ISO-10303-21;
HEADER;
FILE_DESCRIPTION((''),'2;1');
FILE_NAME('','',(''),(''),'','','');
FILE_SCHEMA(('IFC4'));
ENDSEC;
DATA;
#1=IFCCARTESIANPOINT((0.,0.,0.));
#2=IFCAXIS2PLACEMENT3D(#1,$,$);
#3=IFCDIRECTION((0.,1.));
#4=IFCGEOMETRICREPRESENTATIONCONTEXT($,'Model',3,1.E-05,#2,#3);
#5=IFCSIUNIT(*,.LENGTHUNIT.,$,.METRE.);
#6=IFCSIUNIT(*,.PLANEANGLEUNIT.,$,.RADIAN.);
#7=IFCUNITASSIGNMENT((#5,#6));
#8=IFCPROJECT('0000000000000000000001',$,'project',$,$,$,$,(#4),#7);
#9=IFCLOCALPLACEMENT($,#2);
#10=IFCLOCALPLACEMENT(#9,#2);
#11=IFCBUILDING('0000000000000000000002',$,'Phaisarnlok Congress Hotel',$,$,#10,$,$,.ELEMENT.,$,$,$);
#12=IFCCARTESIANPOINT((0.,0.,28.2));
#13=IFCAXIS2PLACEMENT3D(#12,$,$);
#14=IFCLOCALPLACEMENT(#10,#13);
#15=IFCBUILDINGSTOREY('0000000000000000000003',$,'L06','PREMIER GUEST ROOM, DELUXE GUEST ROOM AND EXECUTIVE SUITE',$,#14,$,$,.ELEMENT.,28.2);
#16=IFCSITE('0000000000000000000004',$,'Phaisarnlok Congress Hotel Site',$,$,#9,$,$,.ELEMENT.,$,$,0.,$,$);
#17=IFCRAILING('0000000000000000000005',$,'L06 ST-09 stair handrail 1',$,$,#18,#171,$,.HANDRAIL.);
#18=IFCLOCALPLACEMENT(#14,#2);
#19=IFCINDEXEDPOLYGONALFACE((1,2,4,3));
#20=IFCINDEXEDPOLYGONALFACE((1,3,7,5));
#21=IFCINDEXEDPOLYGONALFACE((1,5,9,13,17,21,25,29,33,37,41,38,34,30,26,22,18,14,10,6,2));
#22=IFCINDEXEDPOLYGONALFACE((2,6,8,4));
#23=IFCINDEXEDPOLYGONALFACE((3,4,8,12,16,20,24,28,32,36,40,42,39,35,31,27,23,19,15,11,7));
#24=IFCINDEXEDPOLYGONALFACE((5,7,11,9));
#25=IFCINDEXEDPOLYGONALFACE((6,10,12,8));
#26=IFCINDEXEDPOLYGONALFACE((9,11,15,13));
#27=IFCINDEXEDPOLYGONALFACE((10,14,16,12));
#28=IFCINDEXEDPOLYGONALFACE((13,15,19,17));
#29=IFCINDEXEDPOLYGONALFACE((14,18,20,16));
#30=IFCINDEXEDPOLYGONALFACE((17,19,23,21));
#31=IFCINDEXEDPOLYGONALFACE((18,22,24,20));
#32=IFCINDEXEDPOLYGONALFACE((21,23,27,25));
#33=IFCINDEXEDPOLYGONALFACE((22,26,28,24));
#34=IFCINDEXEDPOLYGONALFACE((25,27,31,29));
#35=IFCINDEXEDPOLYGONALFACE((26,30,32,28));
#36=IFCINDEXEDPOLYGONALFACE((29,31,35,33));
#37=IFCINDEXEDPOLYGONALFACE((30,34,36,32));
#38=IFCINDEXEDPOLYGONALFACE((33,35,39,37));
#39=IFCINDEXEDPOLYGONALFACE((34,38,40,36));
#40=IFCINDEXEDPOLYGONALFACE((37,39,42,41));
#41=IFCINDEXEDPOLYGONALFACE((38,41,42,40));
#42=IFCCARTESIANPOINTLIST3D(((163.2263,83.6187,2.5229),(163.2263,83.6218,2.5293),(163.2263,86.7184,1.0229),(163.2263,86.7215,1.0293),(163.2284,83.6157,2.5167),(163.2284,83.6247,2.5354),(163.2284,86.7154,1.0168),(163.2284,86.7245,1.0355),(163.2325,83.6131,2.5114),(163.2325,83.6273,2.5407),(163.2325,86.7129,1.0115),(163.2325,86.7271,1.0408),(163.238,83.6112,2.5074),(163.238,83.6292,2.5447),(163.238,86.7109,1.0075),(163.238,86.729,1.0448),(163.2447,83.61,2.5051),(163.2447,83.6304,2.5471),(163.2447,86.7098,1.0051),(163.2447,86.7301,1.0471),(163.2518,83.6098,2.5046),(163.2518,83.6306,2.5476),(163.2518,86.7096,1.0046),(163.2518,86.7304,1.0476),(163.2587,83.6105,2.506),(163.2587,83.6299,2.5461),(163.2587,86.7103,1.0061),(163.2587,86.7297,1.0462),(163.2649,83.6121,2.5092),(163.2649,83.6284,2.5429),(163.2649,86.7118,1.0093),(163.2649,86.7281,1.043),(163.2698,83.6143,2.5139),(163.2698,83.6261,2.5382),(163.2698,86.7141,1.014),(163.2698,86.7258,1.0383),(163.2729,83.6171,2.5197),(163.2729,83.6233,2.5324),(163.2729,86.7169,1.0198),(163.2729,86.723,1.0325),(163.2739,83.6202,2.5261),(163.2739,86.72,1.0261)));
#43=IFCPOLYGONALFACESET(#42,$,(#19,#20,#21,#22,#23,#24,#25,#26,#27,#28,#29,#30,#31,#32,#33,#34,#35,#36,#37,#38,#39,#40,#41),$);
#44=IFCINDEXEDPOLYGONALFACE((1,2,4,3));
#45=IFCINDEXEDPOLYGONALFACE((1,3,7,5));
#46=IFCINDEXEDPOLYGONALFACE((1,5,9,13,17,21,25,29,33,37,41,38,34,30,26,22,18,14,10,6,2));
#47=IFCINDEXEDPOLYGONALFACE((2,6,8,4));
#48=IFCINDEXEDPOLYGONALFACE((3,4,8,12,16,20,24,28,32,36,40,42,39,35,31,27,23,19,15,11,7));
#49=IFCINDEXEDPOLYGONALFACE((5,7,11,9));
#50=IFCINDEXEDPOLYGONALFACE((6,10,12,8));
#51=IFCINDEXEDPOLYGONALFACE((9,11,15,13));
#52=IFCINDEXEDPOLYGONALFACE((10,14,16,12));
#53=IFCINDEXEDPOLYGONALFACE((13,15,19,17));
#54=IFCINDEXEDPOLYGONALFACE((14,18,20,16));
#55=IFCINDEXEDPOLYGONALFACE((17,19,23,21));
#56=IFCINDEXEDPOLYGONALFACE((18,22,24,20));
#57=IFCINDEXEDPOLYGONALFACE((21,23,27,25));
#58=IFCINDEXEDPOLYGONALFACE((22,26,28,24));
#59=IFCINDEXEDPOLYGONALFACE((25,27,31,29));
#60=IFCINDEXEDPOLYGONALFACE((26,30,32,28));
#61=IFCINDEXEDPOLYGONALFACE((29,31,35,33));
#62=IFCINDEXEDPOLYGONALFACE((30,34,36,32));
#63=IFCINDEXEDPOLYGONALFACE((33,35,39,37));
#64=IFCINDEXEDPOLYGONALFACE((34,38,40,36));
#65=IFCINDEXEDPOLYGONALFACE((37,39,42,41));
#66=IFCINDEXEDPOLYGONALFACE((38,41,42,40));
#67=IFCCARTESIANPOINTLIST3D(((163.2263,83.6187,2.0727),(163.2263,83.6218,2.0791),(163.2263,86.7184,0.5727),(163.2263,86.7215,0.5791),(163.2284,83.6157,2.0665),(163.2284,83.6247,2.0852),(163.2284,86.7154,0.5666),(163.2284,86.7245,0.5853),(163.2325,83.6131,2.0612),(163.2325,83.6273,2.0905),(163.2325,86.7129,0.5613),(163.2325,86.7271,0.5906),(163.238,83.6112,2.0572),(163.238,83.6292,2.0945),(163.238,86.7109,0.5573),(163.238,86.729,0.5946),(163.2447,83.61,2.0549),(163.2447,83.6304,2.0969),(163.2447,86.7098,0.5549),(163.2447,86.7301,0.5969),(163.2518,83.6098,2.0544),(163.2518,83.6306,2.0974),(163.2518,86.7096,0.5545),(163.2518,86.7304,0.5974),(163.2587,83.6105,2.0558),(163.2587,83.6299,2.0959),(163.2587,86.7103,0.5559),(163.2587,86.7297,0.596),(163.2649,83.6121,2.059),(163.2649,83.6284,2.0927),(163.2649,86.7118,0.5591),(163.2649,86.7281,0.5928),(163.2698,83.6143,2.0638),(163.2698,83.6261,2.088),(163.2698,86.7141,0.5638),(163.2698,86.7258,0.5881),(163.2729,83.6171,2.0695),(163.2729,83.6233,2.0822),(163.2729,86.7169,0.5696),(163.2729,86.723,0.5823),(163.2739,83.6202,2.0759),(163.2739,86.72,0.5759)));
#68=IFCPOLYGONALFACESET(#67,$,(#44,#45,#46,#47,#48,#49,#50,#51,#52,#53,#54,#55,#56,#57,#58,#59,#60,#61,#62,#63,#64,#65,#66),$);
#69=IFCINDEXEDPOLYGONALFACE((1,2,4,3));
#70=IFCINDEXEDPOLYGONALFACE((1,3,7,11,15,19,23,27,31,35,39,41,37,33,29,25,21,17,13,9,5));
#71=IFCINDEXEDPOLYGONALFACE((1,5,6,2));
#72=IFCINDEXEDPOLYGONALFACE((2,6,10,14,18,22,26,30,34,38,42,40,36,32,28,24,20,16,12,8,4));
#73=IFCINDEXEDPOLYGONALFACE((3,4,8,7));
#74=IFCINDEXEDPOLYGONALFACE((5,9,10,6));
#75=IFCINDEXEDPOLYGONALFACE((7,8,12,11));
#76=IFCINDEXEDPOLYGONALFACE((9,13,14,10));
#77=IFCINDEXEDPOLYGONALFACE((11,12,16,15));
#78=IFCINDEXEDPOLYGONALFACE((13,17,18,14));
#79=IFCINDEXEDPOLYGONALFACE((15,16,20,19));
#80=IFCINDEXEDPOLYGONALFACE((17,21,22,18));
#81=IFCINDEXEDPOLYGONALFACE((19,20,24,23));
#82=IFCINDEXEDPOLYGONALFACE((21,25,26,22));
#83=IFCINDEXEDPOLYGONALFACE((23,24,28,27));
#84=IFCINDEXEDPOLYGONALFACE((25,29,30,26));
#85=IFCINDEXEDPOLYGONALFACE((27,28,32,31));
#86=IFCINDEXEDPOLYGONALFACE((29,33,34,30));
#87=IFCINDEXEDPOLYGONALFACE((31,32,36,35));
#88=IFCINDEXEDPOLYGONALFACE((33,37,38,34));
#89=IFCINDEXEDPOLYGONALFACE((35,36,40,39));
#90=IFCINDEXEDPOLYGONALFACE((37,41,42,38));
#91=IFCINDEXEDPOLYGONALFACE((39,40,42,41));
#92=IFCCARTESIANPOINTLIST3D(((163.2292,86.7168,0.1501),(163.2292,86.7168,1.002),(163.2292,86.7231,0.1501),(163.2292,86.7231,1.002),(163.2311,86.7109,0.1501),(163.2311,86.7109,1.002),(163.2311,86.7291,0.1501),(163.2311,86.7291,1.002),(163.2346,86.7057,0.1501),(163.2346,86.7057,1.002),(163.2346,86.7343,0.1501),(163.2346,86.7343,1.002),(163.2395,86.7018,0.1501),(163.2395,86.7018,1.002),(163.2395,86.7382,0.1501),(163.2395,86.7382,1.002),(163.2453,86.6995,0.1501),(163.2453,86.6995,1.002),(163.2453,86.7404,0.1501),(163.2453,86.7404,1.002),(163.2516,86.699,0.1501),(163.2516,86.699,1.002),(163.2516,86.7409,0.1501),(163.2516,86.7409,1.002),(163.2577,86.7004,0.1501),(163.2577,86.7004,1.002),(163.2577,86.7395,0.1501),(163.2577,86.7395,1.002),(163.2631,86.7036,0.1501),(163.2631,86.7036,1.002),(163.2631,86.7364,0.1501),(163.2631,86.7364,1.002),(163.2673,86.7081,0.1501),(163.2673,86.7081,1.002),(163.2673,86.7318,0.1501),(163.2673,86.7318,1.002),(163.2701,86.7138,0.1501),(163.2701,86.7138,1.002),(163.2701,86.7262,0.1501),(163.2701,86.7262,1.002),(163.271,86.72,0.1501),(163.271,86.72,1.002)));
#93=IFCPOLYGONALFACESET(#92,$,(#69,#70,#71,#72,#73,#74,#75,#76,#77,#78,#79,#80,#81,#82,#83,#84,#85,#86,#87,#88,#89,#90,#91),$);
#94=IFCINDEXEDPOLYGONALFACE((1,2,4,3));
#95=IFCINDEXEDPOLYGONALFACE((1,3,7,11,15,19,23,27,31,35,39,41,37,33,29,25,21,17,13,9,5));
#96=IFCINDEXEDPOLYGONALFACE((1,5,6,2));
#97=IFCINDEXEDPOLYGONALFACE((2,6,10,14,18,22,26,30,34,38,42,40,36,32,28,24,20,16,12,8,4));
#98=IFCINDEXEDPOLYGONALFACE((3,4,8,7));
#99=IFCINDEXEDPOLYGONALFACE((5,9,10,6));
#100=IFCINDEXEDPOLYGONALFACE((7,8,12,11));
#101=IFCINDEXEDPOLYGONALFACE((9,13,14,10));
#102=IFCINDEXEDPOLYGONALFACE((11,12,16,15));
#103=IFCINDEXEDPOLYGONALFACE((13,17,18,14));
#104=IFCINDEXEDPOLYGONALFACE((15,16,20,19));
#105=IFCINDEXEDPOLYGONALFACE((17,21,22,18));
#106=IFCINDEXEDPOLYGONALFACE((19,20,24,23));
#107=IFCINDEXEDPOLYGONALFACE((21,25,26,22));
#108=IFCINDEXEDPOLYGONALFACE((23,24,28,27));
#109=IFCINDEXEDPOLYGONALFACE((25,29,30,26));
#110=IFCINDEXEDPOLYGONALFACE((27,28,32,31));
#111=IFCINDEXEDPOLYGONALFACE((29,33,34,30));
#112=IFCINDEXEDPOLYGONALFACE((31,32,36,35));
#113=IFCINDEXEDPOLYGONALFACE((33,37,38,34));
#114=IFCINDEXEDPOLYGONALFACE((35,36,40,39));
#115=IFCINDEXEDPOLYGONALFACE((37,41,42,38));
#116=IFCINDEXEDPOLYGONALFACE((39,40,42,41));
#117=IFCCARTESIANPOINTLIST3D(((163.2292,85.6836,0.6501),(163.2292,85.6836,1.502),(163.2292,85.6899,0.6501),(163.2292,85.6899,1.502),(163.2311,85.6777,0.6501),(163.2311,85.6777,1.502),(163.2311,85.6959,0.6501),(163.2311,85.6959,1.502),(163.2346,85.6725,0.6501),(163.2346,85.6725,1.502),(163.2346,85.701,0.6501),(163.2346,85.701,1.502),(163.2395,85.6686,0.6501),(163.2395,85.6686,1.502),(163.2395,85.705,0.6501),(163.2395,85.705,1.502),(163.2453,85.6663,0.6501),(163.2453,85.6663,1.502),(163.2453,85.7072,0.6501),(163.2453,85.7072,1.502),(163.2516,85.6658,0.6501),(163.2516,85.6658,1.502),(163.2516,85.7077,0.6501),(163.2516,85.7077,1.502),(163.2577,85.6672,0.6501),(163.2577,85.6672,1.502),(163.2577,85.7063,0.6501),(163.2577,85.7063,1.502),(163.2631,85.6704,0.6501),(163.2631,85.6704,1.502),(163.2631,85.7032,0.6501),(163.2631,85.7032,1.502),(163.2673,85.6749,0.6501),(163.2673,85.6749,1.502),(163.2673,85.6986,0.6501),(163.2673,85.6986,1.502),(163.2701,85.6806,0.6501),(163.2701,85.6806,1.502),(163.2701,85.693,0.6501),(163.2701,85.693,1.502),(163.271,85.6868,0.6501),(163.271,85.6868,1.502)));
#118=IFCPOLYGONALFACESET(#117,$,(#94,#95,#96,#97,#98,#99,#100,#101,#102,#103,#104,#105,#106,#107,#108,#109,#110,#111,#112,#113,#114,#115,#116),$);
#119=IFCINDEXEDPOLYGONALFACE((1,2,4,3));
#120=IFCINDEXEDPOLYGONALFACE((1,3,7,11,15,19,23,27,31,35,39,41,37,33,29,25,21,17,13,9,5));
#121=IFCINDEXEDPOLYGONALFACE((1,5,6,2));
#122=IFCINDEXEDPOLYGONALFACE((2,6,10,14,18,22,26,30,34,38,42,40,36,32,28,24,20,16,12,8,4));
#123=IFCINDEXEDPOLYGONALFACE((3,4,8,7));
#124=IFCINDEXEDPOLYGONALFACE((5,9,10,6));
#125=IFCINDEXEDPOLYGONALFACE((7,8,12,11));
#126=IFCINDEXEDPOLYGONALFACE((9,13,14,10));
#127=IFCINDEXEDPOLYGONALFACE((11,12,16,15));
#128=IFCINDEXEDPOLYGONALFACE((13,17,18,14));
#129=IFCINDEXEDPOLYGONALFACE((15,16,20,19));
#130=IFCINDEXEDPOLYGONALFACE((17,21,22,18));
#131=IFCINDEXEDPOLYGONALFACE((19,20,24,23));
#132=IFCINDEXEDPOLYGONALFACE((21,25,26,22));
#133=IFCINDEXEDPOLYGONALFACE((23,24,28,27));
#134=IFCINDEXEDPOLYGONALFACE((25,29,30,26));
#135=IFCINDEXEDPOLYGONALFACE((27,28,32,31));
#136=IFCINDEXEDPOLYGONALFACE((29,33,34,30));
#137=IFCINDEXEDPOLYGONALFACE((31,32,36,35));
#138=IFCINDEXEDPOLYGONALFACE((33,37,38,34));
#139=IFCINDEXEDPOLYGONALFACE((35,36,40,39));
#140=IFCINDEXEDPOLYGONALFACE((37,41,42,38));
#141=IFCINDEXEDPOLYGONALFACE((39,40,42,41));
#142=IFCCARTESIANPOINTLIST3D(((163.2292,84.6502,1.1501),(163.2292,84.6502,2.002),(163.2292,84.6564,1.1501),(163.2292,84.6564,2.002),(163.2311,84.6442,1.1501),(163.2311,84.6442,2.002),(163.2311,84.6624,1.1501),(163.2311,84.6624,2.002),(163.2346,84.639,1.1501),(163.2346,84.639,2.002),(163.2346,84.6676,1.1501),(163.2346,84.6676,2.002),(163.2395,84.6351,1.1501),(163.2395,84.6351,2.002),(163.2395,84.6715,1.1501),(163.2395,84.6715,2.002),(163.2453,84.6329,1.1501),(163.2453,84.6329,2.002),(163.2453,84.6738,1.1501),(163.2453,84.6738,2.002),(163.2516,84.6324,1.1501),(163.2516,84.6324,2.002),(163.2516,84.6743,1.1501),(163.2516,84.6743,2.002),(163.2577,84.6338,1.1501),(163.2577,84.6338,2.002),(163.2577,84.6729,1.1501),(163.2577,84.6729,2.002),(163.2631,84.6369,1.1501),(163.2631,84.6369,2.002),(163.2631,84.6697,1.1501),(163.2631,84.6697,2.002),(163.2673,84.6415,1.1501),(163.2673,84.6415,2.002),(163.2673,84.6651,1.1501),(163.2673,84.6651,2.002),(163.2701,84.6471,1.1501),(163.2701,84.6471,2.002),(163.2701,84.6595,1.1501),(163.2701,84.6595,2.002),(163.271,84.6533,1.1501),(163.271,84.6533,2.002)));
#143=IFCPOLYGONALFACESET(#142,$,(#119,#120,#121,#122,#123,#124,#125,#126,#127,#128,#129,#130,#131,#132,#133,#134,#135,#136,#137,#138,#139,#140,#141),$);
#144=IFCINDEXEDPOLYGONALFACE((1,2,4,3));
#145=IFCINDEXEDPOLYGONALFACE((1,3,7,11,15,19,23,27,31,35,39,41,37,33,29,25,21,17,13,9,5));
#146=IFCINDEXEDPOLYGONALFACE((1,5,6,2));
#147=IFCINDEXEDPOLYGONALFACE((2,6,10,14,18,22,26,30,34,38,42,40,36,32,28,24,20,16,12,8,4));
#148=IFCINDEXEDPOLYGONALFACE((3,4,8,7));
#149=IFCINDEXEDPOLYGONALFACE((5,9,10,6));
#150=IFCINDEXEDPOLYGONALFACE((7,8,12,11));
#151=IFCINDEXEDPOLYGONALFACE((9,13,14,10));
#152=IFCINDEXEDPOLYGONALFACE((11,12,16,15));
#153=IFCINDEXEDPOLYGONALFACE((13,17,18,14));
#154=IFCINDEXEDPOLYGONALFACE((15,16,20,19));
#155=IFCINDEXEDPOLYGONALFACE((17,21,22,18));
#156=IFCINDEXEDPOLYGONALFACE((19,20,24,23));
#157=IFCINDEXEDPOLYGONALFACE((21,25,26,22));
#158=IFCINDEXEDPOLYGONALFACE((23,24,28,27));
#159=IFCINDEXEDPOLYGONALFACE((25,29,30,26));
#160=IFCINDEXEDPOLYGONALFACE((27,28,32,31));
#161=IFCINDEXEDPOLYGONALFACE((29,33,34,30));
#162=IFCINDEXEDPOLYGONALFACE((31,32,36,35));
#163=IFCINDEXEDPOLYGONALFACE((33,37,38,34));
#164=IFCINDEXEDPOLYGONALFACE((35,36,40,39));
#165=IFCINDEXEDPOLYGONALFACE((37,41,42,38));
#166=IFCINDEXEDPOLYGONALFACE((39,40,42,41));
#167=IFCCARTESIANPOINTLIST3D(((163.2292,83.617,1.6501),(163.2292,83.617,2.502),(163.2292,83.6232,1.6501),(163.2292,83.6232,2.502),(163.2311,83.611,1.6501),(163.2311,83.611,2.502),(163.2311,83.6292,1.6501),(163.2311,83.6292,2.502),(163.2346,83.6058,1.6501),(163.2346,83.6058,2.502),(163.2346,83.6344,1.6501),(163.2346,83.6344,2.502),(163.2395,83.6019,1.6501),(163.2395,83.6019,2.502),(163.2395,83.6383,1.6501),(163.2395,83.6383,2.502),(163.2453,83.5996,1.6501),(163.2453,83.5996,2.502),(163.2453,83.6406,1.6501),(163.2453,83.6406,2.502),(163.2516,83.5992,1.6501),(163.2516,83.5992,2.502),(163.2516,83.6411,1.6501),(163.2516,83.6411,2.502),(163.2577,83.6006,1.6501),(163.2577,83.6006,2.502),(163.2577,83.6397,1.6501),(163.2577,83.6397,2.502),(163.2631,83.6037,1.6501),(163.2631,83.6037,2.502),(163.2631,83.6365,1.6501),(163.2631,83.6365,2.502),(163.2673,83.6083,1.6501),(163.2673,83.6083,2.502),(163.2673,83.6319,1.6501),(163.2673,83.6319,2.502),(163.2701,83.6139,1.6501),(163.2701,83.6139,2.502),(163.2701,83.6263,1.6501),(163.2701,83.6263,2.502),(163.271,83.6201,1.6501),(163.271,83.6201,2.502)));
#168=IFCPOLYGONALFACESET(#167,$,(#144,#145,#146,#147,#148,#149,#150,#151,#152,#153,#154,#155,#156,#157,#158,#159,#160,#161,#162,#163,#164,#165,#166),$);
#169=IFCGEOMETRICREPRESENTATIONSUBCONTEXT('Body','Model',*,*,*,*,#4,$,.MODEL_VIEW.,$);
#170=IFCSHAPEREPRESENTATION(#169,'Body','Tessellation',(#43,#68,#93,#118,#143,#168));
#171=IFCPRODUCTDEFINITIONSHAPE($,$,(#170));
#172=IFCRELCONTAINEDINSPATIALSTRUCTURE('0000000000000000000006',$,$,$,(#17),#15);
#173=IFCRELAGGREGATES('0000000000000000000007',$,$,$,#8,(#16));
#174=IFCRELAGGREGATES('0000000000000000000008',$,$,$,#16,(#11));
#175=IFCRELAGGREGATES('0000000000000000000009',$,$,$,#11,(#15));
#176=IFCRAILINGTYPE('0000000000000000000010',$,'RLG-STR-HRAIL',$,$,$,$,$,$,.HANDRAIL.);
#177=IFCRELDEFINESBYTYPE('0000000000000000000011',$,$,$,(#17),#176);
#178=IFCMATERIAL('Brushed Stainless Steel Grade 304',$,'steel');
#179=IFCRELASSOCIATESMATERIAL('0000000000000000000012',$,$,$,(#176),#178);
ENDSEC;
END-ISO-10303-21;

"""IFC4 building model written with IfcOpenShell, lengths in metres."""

from ifc_helpers import new_model, si_unit, direction, frame, origin, origin_2d, place, context, subcontext, project, spatial, circle, extrude, material, type_object, element, save


model = new_model("IFC4")

# Units and contexts
model_context = context("Model", 3, precision=1e-05, world=origin(), true_north=direction((0.0, 1.0)))
body_context = subcontext(model_context, "Body", "Model", "MODEL_VIEW")
ifc_project = project(units=[si_unit("LENGTHUNIT", "METRE"), si_unit("PLANEANGLEUNIT", "RADIAN")], contexts=[model_context])

# Site, building, storey
site_placement = place(None, origin())
site = spatial("IfcSite", under=ifc_project, at=site_placement, Name="Phaisarnlok Congress Hotel Site", CompositionType="ELEMENT", RefElevation=0.0)
building_placement = place(site_placement, origin())
building = spatial("IfcBuilding", under=site, at=building_placement, Name="Phaisarnlok Congress Hotel", CompositionType="ELEMENT")
storey_placement = place(building_placement, frame((0.0, 0.0, 28.2)))
storey = spatial("IfcBuildingStorey", under=building, at=storey_placement, Name="L06", Description="PREMIER GUEST ROOM, DELUXE GUEST ROOM AND EXECUTIVE SUITE", CompositionType="ELEMENT", Elevation=28.2)

# Railing
ifc_material_1 = material(Name="Brushed Stainless Steel Grade 304", Category="steel")
railing_type_1 = type_object("IfcRailingType", Name="RLG-STR-HRAIL", PredefinedType="HANDRAIL", material=ifc_material_1)
railing_1_placement = place(storey_placement, frame((163.25, 86.72, 0.1501)))
element("IfcRailing", 1, at=railing_1_placement, inside=storey, type_object=railing_type_1, Name="L06 ST-09 stair handrail 1", PredefinedType="HANDRAIL", context=body_context, shape_type="SweptSolid", body=[
    extrude(circle(Radius=0.0239, at=origin_2d()), frame((0.0, 0.0, 0.876), z_axis=(0.0, -0.900151, 0.435578), x_axis=(1.0, 0.0, 0.0)), (0.0, 0.0, 1.0), 3.4436),
    extrude(circle(Radius=0.0239, at=origin_2d()), frame((0.0, 0.0, 0.4258), z_axis=(0.0, -0.900151, 0.435578), x_axis=(1.0, 0.0, 0.0)), (0.0, 0.0, 1.0), 3.4436),
    extrude(circle(Radius=0.021, at=origin_2d()), origin(), (0.0, 0.0, 1.0), 0.8518),
    extrude(circle(Radius=0.021, at=origin_2d()), frame((0.0, -1.0332, 0.5)), (0.0, 0.0, 1.0), 0.8518),
    extrude(circle(Radius=0.021, at=origin_2d()), frame((0.0, -2.0667, 1.0)), (0.0, 0.0, 1.0), 0.8518),
    extrude(circle(Radius=0.021, at=origin_2d()), frame((0.0, -3.0999, 1.5)), (0.0, 0.0, 1.0), 0.8518),
])

save(model, "model.ifc")
